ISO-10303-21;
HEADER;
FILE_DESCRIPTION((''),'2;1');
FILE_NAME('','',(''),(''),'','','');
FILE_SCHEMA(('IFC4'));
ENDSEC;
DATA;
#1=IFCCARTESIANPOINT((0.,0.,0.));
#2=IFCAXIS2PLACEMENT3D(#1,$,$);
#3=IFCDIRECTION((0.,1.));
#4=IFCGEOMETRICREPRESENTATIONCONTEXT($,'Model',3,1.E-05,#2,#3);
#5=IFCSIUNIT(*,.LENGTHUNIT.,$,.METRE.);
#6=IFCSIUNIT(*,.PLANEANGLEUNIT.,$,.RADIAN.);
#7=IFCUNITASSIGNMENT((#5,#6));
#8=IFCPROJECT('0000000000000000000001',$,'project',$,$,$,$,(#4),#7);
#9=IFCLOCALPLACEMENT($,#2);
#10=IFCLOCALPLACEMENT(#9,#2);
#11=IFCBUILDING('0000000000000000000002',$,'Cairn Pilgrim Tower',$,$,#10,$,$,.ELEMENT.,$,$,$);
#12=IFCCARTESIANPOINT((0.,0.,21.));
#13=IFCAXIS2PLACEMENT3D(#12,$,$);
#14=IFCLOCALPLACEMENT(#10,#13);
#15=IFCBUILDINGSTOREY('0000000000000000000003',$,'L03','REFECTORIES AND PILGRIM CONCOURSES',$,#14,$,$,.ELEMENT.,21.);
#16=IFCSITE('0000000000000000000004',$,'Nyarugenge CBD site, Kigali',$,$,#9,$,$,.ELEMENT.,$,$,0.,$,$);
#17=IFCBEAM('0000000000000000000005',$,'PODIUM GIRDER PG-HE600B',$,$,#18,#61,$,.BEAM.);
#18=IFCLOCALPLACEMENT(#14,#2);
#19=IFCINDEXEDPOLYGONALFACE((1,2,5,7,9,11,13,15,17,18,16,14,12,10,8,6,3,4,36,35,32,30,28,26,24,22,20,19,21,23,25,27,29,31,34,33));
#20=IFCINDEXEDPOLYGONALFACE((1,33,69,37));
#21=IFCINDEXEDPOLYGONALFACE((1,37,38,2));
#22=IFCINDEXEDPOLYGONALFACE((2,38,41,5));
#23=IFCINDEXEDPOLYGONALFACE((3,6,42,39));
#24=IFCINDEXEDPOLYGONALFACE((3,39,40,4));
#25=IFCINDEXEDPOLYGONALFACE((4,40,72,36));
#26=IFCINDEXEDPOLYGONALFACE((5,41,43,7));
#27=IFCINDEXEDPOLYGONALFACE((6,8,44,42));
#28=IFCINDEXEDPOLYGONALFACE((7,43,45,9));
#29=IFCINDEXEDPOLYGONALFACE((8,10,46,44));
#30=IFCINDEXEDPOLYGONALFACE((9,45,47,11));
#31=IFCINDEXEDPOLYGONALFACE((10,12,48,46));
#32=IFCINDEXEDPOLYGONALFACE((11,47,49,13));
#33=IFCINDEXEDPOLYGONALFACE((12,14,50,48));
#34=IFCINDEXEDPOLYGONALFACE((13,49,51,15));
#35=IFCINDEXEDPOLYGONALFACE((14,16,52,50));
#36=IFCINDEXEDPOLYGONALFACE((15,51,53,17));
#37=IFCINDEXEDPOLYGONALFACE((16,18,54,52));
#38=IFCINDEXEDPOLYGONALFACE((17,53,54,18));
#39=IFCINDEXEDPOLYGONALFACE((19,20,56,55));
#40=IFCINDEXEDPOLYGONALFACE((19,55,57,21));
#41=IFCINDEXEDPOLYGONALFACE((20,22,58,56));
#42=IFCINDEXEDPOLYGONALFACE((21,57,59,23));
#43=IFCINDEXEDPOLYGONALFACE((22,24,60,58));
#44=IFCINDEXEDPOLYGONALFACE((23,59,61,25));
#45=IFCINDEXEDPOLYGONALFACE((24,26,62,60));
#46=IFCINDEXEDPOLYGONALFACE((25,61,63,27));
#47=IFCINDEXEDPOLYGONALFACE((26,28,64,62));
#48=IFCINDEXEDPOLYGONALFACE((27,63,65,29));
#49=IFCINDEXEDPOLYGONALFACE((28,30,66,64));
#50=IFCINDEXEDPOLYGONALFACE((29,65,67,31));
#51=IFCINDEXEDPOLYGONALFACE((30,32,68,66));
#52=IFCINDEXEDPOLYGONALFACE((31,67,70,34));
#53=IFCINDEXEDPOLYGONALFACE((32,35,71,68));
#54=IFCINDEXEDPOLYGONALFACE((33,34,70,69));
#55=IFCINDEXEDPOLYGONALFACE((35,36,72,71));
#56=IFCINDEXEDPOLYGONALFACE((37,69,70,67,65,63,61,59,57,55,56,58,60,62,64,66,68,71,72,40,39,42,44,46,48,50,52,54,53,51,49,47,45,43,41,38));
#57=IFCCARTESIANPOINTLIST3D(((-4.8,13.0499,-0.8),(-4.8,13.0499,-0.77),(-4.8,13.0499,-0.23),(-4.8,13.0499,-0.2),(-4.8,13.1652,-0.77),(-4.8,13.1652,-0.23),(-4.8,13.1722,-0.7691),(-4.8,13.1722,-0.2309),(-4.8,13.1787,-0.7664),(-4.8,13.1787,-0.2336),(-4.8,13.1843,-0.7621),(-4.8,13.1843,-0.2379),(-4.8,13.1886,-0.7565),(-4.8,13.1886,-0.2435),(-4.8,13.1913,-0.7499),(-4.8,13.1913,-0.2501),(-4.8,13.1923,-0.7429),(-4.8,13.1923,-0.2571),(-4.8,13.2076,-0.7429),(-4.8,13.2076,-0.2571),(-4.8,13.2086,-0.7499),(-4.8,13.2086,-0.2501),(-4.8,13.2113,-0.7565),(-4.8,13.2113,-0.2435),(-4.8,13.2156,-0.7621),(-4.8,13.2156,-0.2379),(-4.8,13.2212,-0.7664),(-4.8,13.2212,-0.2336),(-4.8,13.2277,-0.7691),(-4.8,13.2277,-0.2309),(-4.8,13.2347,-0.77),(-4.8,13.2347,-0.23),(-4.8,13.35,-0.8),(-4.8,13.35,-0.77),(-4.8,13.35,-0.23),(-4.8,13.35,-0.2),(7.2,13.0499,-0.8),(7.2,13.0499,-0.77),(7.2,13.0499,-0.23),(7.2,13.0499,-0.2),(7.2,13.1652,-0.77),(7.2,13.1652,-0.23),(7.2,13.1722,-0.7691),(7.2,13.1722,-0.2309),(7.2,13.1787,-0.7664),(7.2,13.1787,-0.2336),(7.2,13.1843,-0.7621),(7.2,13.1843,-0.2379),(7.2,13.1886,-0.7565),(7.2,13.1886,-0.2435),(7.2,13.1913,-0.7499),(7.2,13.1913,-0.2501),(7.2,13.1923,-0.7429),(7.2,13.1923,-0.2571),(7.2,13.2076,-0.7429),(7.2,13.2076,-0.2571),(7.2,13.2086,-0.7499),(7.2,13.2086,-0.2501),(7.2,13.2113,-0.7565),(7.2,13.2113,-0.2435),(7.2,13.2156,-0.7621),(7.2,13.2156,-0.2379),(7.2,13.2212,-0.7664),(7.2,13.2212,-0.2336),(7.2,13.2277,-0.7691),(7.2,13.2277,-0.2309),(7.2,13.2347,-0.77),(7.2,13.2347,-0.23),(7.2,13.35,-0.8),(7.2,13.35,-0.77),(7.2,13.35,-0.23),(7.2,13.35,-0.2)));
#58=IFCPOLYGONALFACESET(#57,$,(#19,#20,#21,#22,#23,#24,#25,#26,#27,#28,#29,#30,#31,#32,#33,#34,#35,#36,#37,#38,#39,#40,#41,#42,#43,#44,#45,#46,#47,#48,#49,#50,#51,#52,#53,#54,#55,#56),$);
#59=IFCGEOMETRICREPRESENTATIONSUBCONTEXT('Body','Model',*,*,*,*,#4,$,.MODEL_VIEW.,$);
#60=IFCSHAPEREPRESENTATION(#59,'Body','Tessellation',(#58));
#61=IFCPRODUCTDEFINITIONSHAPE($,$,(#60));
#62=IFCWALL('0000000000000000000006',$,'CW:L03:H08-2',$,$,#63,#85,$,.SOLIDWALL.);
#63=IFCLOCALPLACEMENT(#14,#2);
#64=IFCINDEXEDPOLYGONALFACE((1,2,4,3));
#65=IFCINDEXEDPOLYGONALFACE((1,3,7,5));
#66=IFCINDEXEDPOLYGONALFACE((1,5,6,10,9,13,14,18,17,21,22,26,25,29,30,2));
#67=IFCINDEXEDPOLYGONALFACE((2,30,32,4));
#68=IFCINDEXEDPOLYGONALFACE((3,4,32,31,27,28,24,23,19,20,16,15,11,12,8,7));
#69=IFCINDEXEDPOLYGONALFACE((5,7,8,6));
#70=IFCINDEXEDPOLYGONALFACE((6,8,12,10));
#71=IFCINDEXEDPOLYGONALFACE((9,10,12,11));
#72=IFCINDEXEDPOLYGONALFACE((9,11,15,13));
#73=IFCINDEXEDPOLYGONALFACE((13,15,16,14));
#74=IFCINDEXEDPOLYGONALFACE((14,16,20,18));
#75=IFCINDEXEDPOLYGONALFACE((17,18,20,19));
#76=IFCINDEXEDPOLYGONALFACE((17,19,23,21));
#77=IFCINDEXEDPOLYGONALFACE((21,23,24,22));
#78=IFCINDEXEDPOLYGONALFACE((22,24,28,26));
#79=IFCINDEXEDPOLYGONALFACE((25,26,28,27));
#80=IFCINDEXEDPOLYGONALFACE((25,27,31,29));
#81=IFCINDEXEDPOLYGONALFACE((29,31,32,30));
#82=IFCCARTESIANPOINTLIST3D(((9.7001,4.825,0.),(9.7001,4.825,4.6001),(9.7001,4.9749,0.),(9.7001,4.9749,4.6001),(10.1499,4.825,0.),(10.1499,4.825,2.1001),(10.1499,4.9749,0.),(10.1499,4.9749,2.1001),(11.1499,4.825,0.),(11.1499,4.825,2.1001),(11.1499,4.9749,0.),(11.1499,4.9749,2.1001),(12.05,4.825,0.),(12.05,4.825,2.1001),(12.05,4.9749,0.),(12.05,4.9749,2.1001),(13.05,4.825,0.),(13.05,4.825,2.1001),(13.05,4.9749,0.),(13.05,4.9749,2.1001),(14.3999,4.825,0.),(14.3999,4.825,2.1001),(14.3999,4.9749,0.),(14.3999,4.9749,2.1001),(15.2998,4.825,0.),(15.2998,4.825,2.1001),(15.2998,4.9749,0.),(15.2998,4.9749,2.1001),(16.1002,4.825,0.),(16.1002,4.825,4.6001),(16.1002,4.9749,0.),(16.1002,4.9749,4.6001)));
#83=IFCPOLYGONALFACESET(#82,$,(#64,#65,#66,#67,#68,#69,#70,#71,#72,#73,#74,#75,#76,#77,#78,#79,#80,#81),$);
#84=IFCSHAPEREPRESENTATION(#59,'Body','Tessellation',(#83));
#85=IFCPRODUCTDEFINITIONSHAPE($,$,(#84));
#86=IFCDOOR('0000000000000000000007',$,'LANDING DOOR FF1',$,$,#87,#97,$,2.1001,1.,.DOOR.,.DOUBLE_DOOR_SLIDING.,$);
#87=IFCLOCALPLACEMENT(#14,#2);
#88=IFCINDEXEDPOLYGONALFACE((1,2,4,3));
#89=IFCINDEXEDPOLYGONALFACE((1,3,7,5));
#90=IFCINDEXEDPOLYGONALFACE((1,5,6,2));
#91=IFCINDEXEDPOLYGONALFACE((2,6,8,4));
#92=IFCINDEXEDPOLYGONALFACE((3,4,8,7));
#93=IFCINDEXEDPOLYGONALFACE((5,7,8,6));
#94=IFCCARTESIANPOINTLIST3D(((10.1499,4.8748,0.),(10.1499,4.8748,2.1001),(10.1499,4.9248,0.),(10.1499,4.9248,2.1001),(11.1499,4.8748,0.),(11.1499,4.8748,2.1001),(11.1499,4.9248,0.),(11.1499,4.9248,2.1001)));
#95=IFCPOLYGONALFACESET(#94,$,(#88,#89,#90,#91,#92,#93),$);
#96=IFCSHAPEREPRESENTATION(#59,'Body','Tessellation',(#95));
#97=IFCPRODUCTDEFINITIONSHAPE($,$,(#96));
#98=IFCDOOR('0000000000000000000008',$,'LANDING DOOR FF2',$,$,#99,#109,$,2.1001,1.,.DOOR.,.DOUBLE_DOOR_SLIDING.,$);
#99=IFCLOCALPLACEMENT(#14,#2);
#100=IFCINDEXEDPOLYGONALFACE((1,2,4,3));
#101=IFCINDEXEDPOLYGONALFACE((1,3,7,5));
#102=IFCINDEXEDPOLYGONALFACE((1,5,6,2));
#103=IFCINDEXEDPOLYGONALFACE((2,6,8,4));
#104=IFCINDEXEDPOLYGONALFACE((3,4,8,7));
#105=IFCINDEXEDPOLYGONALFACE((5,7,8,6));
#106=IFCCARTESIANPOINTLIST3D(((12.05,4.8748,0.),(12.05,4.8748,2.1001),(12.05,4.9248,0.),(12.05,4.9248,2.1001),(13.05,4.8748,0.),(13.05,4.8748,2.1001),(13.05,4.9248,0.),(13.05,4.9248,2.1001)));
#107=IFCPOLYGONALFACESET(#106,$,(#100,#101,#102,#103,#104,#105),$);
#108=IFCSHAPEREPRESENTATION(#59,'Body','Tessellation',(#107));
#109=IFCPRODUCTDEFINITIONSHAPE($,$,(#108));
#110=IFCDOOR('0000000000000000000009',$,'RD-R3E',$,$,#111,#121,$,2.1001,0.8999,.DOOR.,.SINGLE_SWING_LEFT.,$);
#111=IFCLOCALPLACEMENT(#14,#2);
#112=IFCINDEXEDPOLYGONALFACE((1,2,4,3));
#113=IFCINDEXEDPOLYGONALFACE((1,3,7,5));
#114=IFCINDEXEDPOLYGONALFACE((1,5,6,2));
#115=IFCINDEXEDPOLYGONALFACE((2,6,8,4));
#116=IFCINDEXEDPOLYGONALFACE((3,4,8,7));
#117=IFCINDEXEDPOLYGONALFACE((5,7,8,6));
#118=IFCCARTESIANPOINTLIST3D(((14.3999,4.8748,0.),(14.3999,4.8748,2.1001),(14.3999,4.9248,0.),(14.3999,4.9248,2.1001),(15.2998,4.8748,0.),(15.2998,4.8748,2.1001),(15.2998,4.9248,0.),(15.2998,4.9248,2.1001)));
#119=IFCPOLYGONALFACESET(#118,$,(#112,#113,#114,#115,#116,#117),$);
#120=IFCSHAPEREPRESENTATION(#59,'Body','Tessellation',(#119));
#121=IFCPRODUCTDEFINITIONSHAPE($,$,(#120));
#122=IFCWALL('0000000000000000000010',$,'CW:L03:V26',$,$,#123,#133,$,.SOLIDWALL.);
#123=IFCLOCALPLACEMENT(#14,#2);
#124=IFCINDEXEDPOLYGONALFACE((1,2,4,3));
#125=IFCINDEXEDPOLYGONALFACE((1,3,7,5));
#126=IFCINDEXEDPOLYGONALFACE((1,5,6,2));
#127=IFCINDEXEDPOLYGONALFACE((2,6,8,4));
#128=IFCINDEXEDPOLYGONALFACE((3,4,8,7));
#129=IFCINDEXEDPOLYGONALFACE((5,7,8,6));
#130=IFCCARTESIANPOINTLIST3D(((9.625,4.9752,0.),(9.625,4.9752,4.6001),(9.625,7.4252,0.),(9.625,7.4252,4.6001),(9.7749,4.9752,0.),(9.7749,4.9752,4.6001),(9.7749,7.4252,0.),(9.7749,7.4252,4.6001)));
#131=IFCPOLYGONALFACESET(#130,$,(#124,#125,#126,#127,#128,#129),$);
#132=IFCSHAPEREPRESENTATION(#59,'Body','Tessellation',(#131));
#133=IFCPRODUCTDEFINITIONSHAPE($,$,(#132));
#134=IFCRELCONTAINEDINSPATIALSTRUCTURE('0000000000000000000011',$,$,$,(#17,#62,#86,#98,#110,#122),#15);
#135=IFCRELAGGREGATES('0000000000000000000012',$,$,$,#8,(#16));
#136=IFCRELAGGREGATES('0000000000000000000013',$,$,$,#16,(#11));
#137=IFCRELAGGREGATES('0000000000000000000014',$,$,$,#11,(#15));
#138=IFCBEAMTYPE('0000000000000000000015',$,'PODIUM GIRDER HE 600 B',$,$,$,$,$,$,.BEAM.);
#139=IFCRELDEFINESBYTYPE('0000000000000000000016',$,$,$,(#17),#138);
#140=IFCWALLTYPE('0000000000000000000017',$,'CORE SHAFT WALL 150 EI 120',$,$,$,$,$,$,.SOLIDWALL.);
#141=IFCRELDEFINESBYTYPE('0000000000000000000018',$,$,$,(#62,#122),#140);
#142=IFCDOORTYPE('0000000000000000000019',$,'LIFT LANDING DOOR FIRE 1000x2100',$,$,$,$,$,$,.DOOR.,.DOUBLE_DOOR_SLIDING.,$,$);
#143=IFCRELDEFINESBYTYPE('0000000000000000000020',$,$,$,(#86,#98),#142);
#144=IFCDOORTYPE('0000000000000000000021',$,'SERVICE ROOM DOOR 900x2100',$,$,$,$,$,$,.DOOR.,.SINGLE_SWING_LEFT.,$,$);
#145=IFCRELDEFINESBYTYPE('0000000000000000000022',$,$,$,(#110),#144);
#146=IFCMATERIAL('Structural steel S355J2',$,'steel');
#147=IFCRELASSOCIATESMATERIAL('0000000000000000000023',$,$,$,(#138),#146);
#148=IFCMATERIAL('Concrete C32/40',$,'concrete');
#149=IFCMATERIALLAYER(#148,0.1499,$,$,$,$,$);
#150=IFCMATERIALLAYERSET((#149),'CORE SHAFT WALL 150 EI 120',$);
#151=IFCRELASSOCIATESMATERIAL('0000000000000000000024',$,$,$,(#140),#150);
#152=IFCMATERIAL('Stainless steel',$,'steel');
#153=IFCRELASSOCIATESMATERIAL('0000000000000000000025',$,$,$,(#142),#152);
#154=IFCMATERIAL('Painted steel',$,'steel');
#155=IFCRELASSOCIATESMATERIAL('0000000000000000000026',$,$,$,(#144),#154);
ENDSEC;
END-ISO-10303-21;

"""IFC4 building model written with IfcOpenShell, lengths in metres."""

from ifc_helpers import new_model, si_unit, direction, frame, frame_2d, origin, origin_2d, place, context, subcontext, project, spatial, rectangle, i_section, extrude, material, layer, layer_set, material_profile, profile_set, type_object, element, fill, save


model = new_model("IFC4")

# Units and contexts
model_context = context("Model", 3, precision=1e-05, world=origin(), true_north=direction((0.0, 1.0)))
body_context = subcontext(model_context, "Body", "Model", "MODEL_VIEW")
ifc_project = project(units=[si_unit("LENGTHUNIT", "METRE"), si_unit("PLANEANGLEUNIT", "RADIAN")], contexts=[model_context])

# Site, building, storey
site_placement = place(None, origin())
site = spatial("IfcSite", under=ifc_project, at=site_placement, Name="Nyarugenge CBD site, Kigali", CompositionType="ELEMENT", RefElevation=0.0)
building_placement = place(site_placement, origin())
building = spatial("IfcBuilding", under=site, at=building_placement, Name="Cairn Pilgrim Tower", CompositionType="ELEMENT")
storey_placement = place(building_placement, frame((0.0, 0.0, 21.0)))
storey = spatial("IfcBuildingStorey", under=building, at=storey_placement, Name="L03", Description="REFECTORIES AND PILGRIM CONCOURSES", CompositionType="ELEMENT", Elevation=21.0)

# Beam
ifc_material_1 = material(Name="Structural steel S355J2", Category="steel")
ifc_material_profile_1 = material_profile(ifc_material_1, i_section(OverallWidth=0.3, OverallDepth=0.6001, WebThickness=0.0154, FlangeThickness=0.03, FilletRadius=0.0271, at=origin_2d()), Name="HEB 600")
ifc_profile_set_1 = profile_set([ifc_material_profile_1], Name="Structural steel S355J2")
beam_type_1 = type_object("IfcBeamType", Name="PODIUM GIRDER HE 600 B", PredefinedType="BEAM", material=ifc_profile_set_1)
beam_1_placement = place(storey_placement, frame((7.2, 13.2, -0.5), z_axis=(-1.0, 0.0, 0.0), x_axis=(0.0, -1.0, 0.0)))
element("IfcBeam", 1, at=beam_1_placement, inside=storey, type_object=beam_type_1, Name="PODIUM GIRDER PG-HE600B", PredefinedType="BEAM", context=body_context, shape_type="SweptSolid", body=[
    extrude(i_section(OverallWidth=0.3, OverallDepth=0.6001, WebThickness=0.0154, FlangeThickness=0.03, FilletRadius=0.0271, at=origin_2d()), origin(), (0.0, 0.0, 1.0), 12.0),
])

# Wall, openings, doors
ifc_material_2 = material(Name="Concrete C32/40", Category="concrete")
ifc_layer_1 = layer(ifc_material_2, 0.1499)
ifc_layer_set_1 = layer_set([ifc_layer_1], Name="CORE SHAFT WALL 150 EI 120")
wall_type_1 = type_object("IfcWallType", Name="CORE SHAFT WALL 150 EI 120", PredefinedType="SOLIDWALL", material=ifc_layer_set_1)
wall_1_placement = place(storey_placement, frame((9.7, 4.8999, 0.0), z_axis=(0.0, 0.0, 1.0), x_axis=(1.0, 0.0, 0.0)))
wall_1 = element("IfcWall", 2, at=wall_1_placement, inside=storey, type_object=wall_type_1, Name="CW:L03:H08-2", PredefinedType="SOLIDWALL", context=body_context, shape_type="SweptSolid", body=[
    extrude(rectangle(XDim=6.4001, YDim=0.1499, at=frame_2d((3.2002, 0.0))), origin(), (0.0, 0.0, 1.0), 4.6001),
])
opening_1_placement = place(wall_1_placement, frame((0.45, 0.0, 0.0)))
opening_1 = element("IfcOpeningElement", 3, at=opening_1_placement, cuts=wall_1, PredefinedType="OPENING", context=body_context, shape_type="SweptSolid", body=[
    extrude(rectangle(XDim=1.0, YDim=2.1001, at=frame_2d((0.5, 1.05))), frame((0.0, 0.085, 0.0), z_axis=(0.0, -1.0, 0.0), x_axis=(1.0, 0.0, 0.0)), (0.0, 0.0, 1.0), 0.1699),
])
opening_2_placement = place(wall_1_placement, frame((2.3501, 0.0, 0.0)))
opening_2 = element("IfcOpeningElement", 4, at=opening_2_placement, cuts=wall_1, PredefinedType="OPENING", context=body_context, shape_type="SweptSolid", body=[
    extrude(rectangle(XDim=1.0, YDim=2.1001, at=frame_2d((0.5, 1.05))), frame((0.0, 0.085, 0.0), z_axis=(0.0, -1.0, 0.0), x_axis=(1.0, 0.0, 0.0)), (0.0, 0.0, 1.0), 0.1699),
])
opening_3_placement = place(wall_1_placement, frame((4.7, 0.0, 0.0)))
opening_3 = element("IfcOpeningElement", 5, at=opening_3_placement, cuts=wall_1, PredefinedType="OPENING", context=body_context, shape_type="SweptSolid", body=[
    extrude(rectangle(XDim=0.8999, YDim=2.1001, at=frame_2d((0.45, 1.05))), frame((0.0, 0.085, 0.0), z_axis=(0.0, -1.0, 0.0), x_axis=(1.0, 0.0, 0.0)), (0.0, 0.0, 1.0), 0.1699),
])
ifc_material_3 = material(Name="Stainless steel", Category="steel")
door_type_1 = type_object("IfcDoorType", Name="LIFT LANDING DOOR FIRE 1000x2100", OperationType="DOUBLE_DOOR_SLIDING", PredefinedType="DOOR", material=ifc_material_3)
door_1_placement = place(opening_1_placement, origin())
door_1 = element("IfcDoor", 6, at=door_1_placement, inside=storey, type_object=door_type_1, Name="LANDING DOOR FF1", OperationType="DOUBLE_DOOR_SLIDING", OverallHeight=2.1001, OverallWidth=1.0, PredefinedType="DOOR", context=body_context, shape_type="SweptSolid", body=[
    extrude(rectangle(XDim=1.0, YDim=2.1001, at=frame_2d((0.5, 1.05))), frame((0.0, 0.0249, 0.0), z_axis=(0.0, -1.0, 0.0), x_axis=(1.0, 0.0, 0.0)), (0.0, 0.0, 1.0), 0.05),
])
fill(opening_1, door_1)
door_2_placement = place(opening_2_placement, origin())
door_2 = element("IfcDoor", 7, at=door_2_placement, inside=storey, type_object=door_type_1, Name="LANDING DOOR FF2", OperationType="DOUBLE_DOOR_SLIDING", OverallHeight=2.1001, OverallWidth=1.0, PredefinedType="DOOR", context=body_context, shape_type="SweptSolid", body=[
    extrude(rectangle(XDim=1.0, YDim=2.1001, at=frame_2d((0.5, 1.05))), frame((0.0, 0.0249, 0.0), z_axis=(0.0, -1.0, 0.0), x_axis=(1.0, 0.0, 0.0)), (0.0, 0.0, 1.0), 0.05),
])
fill(opening_2, door_2)
ifc_material_4 = material(Name="Painted steel", Category="steel")
door_type_2 = type_object("IfcDoorType", Name="SERVICE ROOM DOOR 900x2100", OperationType="SINGLE_SWING_LEFT", PredefinedType="DOOR", material=ifc_material_4)
door_3_placement = place(opening_3_placement, origin())
door_3 = element("IfcDoor", 8, at=door_3_placement, inside=storey, type_object=door_type_2, Name="RD-R3E", OperationType="SINGLE_SWING_LEFT", OverallHeight=2.1001, OverallWidth=0.8999, PredefinedType="DOOR", context=body_context, shape_type="SweptSolid", body=[
    extrude(rectangle(XDim=0.8999, YDim=2.1001, at=frame_2d((0.45, 1.05))), frame((0.0, 0.0249, 0.0), z_axis=(0.0, -1.0, 0.0), x_axis=(1.0, 0.0, 0.0)), (0.0, 0.0, 1.0), 0.05),
])
fill(opening_3, door_3)

# Wall
wall_2_placement = place(storey_placement, frame((9.7, 4.9751, 0.0), z_axis=(0.0, 0.0, 1.0), x_axis=(0.0, 1.0, 0.0)))
element("IfcWall", 9, at=wall_2_placement, inside=storey, type_object=wall_type_1, Name="CW:L03:V26", PredefinedType="SOLIDWALL", context=body_context, shape_type="SweptSolid", body=[
    extrude(rectangle(XDim=2.45, YDim=0.1499, at=frame_2d((1.2251, 0.0))), origin(), (0.0, 0.0, 1.0), 4.6001),
])

save(model, "model.ifc")
